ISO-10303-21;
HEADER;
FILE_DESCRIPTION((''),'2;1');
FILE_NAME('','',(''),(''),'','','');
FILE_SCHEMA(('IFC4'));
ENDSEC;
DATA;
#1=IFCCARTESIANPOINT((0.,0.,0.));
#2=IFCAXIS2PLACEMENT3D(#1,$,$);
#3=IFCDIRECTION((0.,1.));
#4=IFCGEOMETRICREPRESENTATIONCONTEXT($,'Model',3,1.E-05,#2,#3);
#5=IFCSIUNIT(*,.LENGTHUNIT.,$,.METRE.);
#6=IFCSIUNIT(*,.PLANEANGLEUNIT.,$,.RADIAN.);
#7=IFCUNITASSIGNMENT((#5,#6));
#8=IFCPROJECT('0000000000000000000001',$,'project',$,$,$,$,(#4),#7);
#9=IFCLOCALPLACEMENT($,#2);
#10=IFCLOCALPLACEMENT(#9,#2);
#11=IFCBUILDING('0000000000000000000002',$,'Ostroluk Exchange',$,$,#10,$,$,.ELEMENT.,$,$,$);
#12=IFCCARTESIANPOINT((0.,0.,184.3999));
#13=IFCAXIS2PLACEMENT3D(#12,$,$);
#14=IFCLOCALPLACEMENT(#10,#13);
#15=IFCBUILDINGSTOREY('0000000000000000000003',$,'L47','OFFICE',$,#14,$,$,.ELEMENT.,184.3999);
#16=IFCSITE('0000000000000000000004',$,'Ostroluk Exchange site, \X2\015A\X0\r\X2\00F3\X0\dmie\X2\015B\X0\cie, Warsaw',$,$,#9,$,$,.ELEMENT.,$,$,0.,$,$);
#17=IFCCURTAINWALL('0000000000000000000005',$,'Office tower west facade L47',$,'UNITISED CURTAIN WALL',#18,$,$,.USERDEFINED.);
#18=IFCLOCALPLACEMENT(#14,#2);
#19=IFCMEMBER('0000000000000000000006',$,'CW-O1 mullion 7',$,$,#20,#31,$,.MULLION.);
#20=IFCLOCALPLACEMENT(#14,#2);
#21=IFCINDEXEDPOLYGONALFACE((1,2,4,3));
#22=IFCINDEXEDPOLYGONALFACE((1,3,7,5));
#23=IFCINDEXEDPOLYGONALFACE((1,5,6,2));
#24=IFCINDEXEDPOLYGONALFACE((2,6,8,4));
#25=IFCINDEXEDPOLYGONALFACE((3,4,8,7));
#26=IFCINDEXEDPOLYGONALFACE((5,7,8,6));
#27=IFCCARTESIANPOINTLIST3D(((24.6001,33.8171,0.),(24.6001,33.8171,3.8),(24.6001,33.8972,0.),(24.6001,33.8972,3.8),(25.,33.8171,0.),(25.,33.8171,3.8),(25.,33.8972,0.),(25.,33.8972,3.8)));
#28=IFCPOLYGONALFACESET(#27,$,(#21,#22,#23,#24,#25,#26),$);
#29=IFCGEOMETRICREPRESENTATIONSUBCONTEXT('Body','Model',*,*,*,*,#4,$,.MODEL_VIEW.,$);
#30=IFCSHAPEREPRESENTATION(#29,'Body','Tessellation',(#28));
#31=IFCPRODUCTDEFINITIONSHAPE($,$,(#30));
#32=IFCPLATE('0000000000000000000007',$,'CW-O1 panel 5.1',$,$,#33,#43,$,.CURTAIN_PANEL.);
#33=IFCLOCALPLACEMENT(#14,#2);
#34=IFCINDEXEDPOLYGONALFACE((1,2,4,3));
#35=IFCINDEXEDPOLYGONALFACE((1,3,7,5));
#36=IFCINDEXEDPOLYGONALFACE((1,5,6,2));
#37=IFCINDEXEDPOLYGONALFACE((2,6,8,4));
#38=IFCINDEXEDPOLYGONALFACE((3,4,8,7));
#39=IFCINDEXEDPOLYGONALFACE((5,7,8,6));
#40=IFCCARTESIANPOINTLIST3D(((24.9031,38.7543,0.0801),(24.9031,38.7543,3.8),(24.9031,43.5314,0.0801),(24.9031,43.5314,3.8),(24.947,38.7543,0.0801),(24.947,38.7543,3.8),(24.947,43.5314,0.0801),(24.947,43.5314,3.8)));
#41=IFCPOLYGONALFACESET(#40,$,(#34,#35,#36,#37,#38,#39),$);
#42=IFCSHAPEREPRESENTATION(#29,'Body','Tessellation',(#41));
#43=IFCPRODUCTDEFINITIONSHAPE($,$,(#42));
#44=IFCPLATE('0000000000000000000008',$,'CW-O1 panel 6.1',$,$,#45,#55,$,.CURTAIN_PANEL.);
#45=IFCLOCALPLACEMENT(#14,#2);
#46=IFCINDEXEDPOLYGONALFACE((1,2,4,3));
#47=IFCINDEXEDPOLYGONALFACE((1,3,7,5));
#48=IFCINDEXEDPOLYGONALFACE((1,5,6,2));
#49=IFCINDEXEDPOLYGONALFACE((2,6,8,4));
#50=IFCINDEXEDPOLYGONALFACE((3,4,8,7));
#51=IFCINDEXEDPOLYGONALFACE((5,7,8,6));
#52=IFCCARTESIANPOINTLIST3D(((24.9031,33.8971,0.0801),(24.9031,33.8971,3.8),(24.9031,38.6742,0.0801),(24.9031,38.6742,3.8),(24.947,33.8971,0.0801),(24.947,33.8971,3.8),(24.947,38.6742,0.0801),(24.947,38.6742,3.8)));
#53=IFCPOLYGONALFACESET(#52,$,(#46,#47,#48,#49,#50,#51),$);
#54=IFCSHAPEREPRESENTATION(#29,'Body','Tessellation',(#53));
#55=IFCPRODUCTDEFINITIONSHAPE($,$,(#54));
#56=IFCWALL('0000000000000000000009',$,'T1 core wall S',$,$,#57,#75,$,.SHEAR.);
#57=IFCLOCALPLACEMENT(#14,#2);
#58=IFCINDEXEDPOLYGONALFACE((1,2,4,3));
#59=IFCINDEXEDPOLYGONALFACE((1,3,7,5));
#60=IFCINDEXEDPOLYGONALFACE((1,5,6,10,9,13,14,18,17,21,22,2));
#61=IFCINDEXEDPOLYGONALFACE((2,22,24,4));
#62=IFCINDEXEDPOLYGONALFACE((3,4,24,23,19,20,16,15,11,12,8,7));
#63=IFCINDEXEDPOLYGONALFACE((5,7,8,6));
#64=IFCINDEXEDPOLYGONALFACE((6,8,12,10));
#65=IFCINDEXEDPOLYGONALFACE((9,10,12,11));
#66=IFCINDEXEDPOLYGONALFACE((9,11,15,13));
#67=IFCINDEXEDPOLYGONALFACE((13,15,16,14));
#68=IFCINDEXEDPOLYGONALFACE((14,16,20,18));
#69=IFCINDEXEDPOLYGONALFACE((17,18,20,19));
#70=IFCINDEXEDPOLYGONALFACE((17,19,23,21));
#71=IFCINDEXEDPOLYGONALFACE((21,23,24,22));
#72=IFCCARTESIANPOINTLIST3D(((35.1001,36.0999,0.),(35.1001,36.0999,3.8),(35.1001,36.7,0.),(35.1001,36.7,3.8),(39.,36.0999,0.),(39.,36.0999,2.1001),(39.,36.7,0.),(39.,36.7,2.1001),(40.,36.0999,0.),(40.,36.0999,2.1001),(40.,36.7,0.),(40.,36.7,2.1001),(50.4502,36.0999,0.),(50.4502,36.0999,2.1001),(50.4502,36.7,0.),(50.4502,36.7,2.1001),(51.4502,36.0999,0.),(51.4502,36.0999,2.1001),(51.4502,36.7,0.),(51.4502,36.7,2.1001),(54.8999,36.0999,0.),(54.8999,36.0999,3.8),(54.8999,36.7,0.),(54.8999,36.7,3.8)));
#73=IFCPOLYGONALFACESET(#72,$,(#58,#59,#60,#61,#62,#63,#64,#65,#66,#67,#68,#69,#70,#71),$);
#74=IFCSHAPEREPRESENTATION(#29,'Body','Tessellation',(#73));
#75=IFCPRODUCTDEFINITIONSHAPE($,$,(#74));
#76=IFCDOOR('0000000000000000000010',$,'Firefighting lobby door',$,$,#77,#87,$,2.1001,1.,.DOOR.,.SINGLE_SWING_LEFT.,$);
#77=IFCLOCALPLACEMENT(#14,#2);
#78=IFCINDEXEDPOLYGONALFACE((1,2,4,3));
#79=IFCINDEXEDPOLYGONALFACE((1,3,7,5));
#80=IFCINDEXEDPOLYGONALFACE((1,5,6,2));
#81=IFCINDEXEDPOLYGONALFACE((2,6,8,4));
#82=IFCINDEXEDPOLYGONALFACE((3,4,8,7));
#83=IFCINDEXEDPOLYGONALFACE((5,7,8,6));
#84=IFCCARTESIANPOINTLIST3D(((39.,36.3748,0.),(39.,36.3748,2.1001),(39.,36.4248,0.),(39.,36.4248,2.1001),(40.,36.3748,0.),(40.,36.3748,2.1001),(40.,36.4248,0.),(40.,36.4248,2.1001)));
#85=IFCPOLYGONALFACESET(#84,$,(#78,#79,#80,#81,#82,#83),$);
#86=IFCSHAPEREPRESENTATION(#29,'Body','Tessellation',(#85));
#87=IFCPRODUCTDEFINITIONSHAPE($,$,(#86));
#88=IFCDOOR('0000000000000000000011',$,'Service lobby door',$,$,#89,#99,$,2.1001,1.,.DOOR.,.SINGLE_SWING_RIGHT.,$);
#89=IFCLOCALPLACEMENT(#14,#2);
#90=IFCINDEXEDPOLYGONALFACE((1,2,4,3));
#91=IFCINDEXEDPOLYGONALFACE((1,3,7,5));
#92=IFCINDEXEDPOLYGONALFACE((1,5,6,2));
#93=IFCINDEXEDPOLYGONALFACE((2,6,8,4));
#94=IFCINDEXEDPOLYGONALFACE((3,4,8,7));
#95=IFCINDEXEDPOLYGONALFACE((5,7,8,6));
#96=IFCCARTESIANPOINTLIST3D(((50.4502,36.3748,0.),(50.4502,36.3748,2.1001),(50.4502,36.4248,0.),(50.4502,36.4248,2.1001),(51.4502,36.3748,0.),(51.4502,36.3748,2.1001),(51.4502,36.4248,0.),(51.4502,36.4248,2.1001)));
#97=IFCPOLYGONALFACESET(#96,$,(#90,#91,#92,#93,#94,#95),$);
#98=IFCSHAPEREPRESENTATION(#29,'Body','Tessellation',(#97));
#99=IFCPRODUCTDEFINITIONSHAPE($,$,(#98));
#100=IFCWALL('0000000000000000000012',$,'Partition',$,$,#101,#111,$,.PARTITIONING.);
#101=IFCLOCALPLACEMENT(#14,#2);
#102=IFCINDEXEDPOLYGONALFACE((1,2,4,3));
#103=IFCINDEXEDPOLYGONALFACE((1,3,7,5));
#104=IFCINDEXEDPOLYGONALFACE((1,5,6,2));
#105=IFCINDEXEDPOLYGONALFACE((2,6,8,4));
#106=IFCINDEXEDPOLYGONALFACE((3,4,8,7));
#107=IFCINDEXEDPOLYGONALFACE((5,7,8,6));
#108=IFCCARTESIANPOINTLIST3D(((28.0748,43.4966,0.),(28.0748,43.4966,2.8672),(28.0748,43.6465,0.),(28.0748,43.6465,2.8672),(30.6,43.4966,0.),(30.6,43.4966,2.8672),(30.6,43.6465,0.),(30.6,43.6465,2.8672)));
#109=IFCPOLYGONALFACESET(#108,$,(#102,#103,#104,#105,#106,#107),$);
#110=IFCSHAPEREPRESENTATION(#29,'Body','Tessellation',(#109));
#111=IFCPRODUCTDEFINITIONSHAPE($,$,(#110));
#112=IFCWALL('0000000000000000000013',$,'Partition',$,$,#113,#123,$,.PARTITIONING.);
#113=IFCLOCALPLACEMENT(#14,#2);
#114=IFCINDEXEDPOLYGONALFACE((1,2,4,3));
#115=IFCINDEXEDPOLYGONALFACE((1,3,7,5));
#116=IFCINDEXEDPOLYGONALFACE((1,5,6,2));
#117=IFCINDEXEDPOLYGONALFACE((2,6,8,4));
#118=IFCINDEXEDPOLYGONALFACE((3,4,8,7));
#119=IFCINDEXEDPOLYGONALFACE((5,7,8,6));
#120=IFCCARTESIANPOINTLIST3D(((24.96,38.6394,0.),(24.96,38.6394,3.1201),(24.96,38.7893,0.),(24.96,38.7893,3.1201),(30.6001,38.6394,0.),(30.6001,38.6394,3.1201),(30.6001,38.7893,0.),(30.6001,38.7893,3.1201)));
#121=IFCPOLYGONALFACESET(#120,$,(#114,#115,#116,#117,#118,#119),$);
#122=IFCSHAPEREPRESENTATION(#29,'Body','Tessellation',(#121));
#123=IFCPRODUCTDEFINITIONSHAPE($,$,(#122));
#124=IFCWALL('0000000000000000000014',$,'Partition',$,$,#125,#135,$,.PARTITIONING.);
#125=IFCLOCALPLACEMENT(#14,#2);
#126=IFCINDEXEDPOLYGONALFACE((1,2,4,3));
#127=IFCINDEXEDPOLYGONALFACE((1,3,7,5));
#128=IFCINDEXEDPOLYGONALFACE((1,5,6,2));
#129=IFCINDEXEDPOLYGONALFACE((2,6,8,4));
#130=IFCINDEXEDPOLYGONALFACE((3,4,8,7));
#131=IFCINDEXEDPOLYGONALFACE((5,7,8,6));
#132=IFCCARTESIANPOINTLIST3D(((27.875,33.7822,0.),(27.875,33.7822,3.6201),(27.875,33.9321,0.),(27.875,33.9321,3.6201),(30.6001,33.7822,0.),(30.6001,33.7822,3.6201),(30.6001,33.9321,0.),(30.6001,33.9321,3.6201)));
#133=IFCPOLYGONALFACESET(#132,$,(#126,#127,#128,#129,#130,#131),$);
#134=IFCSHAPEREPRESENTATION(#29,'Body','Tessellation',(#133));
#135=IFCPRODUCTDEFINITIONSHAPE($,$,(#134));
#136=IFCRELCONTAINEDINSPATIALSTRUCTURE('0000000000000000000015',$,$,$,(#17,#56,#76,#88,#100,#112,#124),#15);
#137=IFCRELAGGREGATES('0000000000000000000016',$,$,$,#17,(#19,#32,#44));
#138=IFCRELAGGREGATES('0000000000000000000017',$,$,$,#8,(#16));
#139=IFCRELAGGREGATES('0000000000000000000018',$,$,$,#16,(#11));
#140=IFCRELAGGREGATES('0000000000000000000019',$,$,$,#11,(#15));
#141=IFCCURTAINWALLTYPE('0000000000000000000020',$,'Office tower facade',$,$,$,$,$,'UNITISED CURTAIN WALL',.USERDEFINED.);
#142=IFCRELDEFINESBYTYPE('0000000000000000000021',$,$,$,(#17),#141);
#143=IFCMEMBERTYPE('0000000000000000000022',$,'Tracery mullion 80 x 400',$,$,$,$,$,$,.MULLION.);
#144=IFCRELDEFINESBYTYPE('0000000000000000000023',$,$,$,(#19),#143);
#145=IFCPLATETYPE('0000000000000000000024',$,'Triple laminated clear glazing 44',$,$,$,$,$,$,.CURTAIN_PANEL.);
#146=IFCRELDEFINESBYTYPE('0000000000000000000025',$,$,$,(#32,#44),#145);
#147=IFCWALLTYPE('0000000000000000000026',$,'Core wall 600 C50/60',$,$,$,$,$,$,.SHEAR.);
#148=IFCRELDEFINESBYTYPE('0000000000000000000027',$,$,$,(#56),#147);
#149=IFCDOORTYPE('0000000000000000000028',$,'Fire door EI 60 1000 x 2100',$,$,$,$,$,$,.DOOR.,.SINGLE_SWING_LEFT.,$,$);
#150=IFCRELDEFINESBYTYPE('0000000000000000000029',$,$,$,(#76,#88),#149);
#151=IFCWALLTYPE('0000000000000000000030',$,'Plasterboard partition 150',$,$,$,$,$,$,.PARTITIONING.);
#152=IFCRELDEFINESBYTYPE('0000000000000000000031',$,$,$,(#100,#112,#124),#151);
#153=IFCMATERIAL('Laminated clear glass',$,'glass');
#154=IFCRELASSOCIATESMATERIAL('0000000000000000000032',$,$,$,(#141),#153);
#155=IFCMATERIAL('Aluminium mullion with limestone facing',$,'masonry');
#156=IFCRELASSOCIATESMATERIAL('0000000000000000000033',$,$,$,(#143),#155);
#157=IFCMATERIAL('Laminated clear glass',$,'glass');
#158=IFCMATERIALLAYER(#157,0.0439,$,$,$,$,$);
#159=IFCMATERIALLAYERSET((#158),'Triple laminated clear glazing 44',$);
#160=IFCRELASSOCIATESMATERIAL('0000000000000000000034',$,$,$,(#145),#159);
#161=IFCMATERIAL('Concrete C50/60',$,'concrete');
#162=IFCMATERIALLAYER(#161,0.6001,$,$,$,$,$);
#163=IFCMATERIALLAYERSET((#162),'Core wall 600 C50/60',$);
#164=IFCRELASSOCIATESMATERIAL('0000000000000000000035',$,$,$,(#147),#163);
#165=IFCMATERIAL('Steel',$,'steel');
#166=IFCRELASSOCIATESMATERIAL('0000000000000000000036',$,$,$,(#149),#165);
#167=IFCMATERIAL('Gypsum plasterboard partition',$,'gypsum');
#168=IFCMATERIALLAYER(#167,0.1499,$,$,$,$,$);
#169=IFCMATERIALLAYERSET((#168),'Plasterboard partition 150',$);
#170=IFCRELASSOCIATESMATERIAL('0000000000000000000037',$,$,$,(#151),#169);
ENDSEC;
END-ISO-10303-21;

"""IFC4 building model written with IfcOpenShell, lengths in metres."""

from ifc_helpers import new_model, si_unit, direction, frame, frame_2d, origin, origin_2d, place, context, subcontext, project, spatial, rectangle, extrude, material, layer, layer_set, material_profile, profile_set, type_object, element, fill, aggregate, save


model = new_model("IFC4")

# Units and contexts
model_context = context("Model", 3, precision=1e-05, world=origin(), true_north=direction((0.0, 1.0)))
body_context = subcontext(model_context, "Body", "Model", "MODEL_VIEW")
ifc_project = project(units=[si_unit("LENGTHUNIT", "METRE"), si_unit("PLANEANGLEUNIT", "RADIAN")], contexts=[model_context])

# Site, building, storey
site_placement = place(None, origin())
site = spatial("IfcSite", under=ifc_project, at=site_placement, Name="Ostroluk Exchange site, Śródmieście, Warsaw", CompositionType="ELEMENT", RefElevation=0.0)
building_placement = place(site_placement, origin())
building = spatial("IfcBuilding", under=site, at=building_placement, Name="Ostroluk Exchange", CompositionType="ELEMENT")
storey_placement = place(building_placement, frame((0.0, 0.0, 184.3999)))
storey = spatial("IfcBuildingStorey", under=building, at=storey_placement, Name="L47", Description="OFFICE", CompositionType="ELEMENT", Elevation=184.3999)

# Curtain wall, member, plates
ifc_material_1 = material(Name="Laminated clear glass", Category="glass")
curtain_wall_type = type_object("IfcCurtainWallType", Name="Office tower facade", ElementType="UNITISED CURTAIN WALL", PredefinedType="USERDEFINED", material=ifc_material_1)
curtain_wall_placement = place(storey_placement, origin())
curtain_wall = element("IfcCurtainWall", 1, at=curtain_wall_placement, inside=storey, type_object=curtain_wall_type, Name="Office tower west facade L47", ObjectType="UNITISED CURTAIN WALL", PredefinedType="USERDEFINED")
ifc_material_2 = material(Name="Aluminium mullion with limestone facing", Category="masonry")
ifc_material_profile_1 = material_profile(ifc_material_2, rectangle(XDim=0.3999, YDim=0.0801, at=origin_2d()), Name="Tracery mullion 80 x 400")
ifc_profile_set_1 = profile_set([ifc_material_profile_1], Name="Aluminium mullion with limestone facing")
member_type_1 = type_object("IfcMemberType", Name="Tracery mullion 80 x 400", PredefinedType="MULLION", material=ifc_profile_set_1)
member_1_placement = place(storey_placement, frame((24.8, 33.8572, 0.0), z_axis=(0.0, 0.0, 1.0), x_axis=(1.0, 0.0, 0.0)))
member_1 = element("IfcMember", 2, at=member_1_placement, type_object=member_type_1, Name="CW-O1 mullion 7", PredefinedType="MULLION", context=body_context, shape_type="SweptSolid", body=[
    extrude(rectangle(XDim=0.3999, YDim=0.0801, at=origin_2d()), origin(), (0.0, 0.0, 1.0), 3.8),
])
ifc_material_3 = material(Name="Laminated clear glass", Category="glass")
ifc_layer_1 = layer(ifc_material_3, 0.0439)
ifc_layer_set_1 = layer_set([ifc_layer_1], Name="Triple laminated clear glazing 44")
plate_type = type_object("IfcPlateType", Name="Triple laminated clear glazing 44", PredefinedType="CURTAIN_PANEL", material=ifc_layer_set_1)
plate_1_placement = place(storey_placement, frame((24.925, 41.1428, 0.0801), z_axis=(0.0, 0.0, 1.0), x_axis=(0.0, -1.0, 0.0)))
plate_1 = element("IfcPlate", 3, at=plate_1_placement, type_object=plate_type, Name="CW-O1 panel 5.1", PredefinedType="CURTAIN_PANEL", context=body_context, shape_type="SweptSolid", body=[
    extrude(rectangle(XDim=4.7771, YDim=0.0439, at=origin_2d()), origin(), (0.0, 0.0, 1.0), 3.72),
])
plate_2_placement = place(storey_placement, frame((24.925, 36.2856, 0.0801), z_axis=(0.0, 0.0, 1.0), x_axis=(0.0, -1.0, 0.0)))
plate_2 = element("IfcPlate", 4, at=plate_2_placement, type_object=plate_type, Name="CW-O1 panel 6.1", PredefinedType="CURTAIN_PANEL", context=body_context, shape_type="SweptSolid", body=[
    extrude(rectangle(XDim=4.7771, YDim=0.0439, at=origin_2d()), origin(), (0.0, 0.0, 1.0), 3.72),
])
aggregate(curtain_wall, [member_1, plate_1, plate_2])

# Wall, openings, doors
ifc_material_4 = material(Name="Concrete C50/60", Category="concrete")
ifc_layer_2 = layer(ifc_material_4, 0.6001)
ifc_layer_set_2 = layer_set([ifc_layer_2], Name="Core wall 600 C50/60")
wall_type_1 = type_object("IfcWallType", Name="Core wall 600 C50/60", PredefinedType="SHEAR", material=ifc_layer_set_2)
wall_1_placement = place(storey_placement, frame((35.1001, 36.3999, 0.0), z_axis=(0.0, 0.0, 1.0), x_axis=(1.0, 0.0, 0.0)))
wall_1 = element("IfcWall", 5, at=wall_1_placement, inside=storey, type_object=wall_type_1, Name="T1 core wall S", PredefinedType="SHEAR", context=body_context, shape_type="SweptSolid", body=[
    extrude(rectangle(XDim=19.7998, YDim=0.6001, at=frame_2d((9.8999, 0.0))), origin(), (0.0, 0.0, 1.0), 3.8),
])
opening_1_placement = place(wall_1_placement, frame((3.8999, 0.0, 0.0)))
opening_1 = element("IfcOpeningElement", 6, at=opening_1_placement, cuts=wall_1, PredefinedType="OPENING", context=body_context, shape_type="SweptSolid", body=[
    extrude(rectangle(XDim=1.0, YDim=2.1001, at=frame_2d((0.5, 1.05))), frame((0.0, 0.3101, 0.0), z_axis=(0.0, -1.0, 0.0), x_axis=(1.0, 0.0, 0.0)), (0.0, 0.0, 1.0), 0.6201),
])
opening_2_placement = place(wall_1_placement, frame((15.3501, 0.0, 0.0)))
opening_2 = element("IfcOpeningElement", 7, at=opening_2_placement, cuts=wall_1, PredefinedType="OPENING", context=body_context, shape_type="SweptSolid", body=[
    extrude(rectangle(XDim=1.0, YDim=2.1001, at=frame_2d((0.5, 1.05))), frame((0.0, 0.3101, 0.0), z_axis=(0.0, -1.0, 0.0), x_axis=(1.0, 0.0, 0.0)), (0.0, 0.0, 1.0), 0.6201),
])
ifc_material_5 = material(Name="Steel", Category="steel")
door_type_1 = type_object("IfcDoorType", Name="Fire door EI 60 1000 x 2100", OperationType="SINGLE_SWING_LEFT", PredefinedType="DOOR", material=ifc_material_5)
door_1_placement = place(opening_1_placement, origin())
door_1 = element("IfcDoor", 8, at=door_1_placement, inside=storey, type_object=door_type_1, Name="Firefighting lobby door", OperationType="SINGLE_SWING_LEFT", OverallHeight=2.1001, OverallWidth=1.0, PredefinedType="DOOR", context=body_context, shape_type="SweptSolid", body=[
    extrude(rectangle(XDim=1.0, YDim=2.1001, at=frame_2d((0.5, 1.05))), frame((0.0, 0.0249, 0.0), z_axis=(0.0, -1.0, 0.0), x_axis=(1.0, 0.0, 0.0)), (0.0, 0.0, 1.0), 0.05),
])
fill(opening_1, door_1)
door_2_placement = place(opening_2_placement, origin())
door_2 = element("IfcDoor", 9, at=door_2_placement, inside=storey, type_object=door_type_1, Name="Service lobby door", OperationType="SINGLE_SWING_RIGHT", OverallHeight=2.1001, OverallWidth=1.0, PredefinedType="DOOR", context=body_context, shape_type="SweptSolid", body=[
    extrude(rectangle(XDim=1.0, YDim=2.1001, at=frame_2d((0.5, 1.05))), frame((0.0, 0.0249, 0.0), z_axis=(0.0, -1.0, 0.0), x_axis=(1.0, 0.0, 0.0)), (0.0, 0.0, 1.0), 0.05),
])
fill(opening_2, door_2)

# Walls
ifc_material_6 = material(Name="Gypsum plasterboard partition", Category="gypsum")
ifc_layer_3 = layer(ifc_material_6, 0.1499)
ifc_layer_set_3 = layer_set([ifc_layer_3], Name="Plasterboard partition 150")
wall_type_2 = type_object("IfcWallType", Name="Plasterboard partition 150", PredefinedType="PARTITIONING", material=ifc_layer_set_3)
wall_2_placement = place(storey_placement, frame((30.6001, 43.5715, 0.0), z_axis=(0.0, 0.0, 1.0), x_axis=(-1.0, 0.0, 0.0)))
element("IfcWall", 10, at=wall_2_placement, inside=storey, type_object=wall_type_2, Name="Partition", PredefinedType="PARTITIONING", context=body_context, shape_type="SweptSolid", body=[
    extrude(rectangle(XDim=2.5251, YDim=0.1499, at=frame_2d((1.2627, 0.0))), origin(), (0.0, 0.0, 1.0), 2.8672),
])
wall_3_placement = place(storey_placement, frame((30.6001, 38.7144, 0.0), z_axis=(0.0, 0.0, 1.0), x_axis=(-1.0, 0.0, 0.0)))
element("IfcWall", 11, at=wall_3_placement, inside=storey, type_object=wall_type_2, Name="Partition", PredefinedType="PARTITIONING", context=body_context, shape_type="SweptSolid", body=[
    extrude(rectangle(XDim=5.6401, YDim=0.1499, at=frame_2d((2.8201, 0.0))), origin(), (0.0, 0.0, 1.0), 3.1201),
])
wall_4_placement = place(storey_placement, frame((30.6001, 33.8572, 0.0), z_axis=(0.0, 0.0, 1.0), x_axis=(-1.0, 0.0, 0.0)))
element("IfcWall", 12, at=wall_4_placement, inside=storey, type_object=wall_type_2, Name="Partition", PredefinedType="PARTITIONING", context=body_context, shape_type="SweptSolid", body=[
    extrude(rectangle(XDim=2.7251, YDim=0.1499, at=frame_2d((1.3625, 0.0))), origin(), (0.0, 0.0, 1.0), 3.6201),
])

save(model, "model.ifc")
